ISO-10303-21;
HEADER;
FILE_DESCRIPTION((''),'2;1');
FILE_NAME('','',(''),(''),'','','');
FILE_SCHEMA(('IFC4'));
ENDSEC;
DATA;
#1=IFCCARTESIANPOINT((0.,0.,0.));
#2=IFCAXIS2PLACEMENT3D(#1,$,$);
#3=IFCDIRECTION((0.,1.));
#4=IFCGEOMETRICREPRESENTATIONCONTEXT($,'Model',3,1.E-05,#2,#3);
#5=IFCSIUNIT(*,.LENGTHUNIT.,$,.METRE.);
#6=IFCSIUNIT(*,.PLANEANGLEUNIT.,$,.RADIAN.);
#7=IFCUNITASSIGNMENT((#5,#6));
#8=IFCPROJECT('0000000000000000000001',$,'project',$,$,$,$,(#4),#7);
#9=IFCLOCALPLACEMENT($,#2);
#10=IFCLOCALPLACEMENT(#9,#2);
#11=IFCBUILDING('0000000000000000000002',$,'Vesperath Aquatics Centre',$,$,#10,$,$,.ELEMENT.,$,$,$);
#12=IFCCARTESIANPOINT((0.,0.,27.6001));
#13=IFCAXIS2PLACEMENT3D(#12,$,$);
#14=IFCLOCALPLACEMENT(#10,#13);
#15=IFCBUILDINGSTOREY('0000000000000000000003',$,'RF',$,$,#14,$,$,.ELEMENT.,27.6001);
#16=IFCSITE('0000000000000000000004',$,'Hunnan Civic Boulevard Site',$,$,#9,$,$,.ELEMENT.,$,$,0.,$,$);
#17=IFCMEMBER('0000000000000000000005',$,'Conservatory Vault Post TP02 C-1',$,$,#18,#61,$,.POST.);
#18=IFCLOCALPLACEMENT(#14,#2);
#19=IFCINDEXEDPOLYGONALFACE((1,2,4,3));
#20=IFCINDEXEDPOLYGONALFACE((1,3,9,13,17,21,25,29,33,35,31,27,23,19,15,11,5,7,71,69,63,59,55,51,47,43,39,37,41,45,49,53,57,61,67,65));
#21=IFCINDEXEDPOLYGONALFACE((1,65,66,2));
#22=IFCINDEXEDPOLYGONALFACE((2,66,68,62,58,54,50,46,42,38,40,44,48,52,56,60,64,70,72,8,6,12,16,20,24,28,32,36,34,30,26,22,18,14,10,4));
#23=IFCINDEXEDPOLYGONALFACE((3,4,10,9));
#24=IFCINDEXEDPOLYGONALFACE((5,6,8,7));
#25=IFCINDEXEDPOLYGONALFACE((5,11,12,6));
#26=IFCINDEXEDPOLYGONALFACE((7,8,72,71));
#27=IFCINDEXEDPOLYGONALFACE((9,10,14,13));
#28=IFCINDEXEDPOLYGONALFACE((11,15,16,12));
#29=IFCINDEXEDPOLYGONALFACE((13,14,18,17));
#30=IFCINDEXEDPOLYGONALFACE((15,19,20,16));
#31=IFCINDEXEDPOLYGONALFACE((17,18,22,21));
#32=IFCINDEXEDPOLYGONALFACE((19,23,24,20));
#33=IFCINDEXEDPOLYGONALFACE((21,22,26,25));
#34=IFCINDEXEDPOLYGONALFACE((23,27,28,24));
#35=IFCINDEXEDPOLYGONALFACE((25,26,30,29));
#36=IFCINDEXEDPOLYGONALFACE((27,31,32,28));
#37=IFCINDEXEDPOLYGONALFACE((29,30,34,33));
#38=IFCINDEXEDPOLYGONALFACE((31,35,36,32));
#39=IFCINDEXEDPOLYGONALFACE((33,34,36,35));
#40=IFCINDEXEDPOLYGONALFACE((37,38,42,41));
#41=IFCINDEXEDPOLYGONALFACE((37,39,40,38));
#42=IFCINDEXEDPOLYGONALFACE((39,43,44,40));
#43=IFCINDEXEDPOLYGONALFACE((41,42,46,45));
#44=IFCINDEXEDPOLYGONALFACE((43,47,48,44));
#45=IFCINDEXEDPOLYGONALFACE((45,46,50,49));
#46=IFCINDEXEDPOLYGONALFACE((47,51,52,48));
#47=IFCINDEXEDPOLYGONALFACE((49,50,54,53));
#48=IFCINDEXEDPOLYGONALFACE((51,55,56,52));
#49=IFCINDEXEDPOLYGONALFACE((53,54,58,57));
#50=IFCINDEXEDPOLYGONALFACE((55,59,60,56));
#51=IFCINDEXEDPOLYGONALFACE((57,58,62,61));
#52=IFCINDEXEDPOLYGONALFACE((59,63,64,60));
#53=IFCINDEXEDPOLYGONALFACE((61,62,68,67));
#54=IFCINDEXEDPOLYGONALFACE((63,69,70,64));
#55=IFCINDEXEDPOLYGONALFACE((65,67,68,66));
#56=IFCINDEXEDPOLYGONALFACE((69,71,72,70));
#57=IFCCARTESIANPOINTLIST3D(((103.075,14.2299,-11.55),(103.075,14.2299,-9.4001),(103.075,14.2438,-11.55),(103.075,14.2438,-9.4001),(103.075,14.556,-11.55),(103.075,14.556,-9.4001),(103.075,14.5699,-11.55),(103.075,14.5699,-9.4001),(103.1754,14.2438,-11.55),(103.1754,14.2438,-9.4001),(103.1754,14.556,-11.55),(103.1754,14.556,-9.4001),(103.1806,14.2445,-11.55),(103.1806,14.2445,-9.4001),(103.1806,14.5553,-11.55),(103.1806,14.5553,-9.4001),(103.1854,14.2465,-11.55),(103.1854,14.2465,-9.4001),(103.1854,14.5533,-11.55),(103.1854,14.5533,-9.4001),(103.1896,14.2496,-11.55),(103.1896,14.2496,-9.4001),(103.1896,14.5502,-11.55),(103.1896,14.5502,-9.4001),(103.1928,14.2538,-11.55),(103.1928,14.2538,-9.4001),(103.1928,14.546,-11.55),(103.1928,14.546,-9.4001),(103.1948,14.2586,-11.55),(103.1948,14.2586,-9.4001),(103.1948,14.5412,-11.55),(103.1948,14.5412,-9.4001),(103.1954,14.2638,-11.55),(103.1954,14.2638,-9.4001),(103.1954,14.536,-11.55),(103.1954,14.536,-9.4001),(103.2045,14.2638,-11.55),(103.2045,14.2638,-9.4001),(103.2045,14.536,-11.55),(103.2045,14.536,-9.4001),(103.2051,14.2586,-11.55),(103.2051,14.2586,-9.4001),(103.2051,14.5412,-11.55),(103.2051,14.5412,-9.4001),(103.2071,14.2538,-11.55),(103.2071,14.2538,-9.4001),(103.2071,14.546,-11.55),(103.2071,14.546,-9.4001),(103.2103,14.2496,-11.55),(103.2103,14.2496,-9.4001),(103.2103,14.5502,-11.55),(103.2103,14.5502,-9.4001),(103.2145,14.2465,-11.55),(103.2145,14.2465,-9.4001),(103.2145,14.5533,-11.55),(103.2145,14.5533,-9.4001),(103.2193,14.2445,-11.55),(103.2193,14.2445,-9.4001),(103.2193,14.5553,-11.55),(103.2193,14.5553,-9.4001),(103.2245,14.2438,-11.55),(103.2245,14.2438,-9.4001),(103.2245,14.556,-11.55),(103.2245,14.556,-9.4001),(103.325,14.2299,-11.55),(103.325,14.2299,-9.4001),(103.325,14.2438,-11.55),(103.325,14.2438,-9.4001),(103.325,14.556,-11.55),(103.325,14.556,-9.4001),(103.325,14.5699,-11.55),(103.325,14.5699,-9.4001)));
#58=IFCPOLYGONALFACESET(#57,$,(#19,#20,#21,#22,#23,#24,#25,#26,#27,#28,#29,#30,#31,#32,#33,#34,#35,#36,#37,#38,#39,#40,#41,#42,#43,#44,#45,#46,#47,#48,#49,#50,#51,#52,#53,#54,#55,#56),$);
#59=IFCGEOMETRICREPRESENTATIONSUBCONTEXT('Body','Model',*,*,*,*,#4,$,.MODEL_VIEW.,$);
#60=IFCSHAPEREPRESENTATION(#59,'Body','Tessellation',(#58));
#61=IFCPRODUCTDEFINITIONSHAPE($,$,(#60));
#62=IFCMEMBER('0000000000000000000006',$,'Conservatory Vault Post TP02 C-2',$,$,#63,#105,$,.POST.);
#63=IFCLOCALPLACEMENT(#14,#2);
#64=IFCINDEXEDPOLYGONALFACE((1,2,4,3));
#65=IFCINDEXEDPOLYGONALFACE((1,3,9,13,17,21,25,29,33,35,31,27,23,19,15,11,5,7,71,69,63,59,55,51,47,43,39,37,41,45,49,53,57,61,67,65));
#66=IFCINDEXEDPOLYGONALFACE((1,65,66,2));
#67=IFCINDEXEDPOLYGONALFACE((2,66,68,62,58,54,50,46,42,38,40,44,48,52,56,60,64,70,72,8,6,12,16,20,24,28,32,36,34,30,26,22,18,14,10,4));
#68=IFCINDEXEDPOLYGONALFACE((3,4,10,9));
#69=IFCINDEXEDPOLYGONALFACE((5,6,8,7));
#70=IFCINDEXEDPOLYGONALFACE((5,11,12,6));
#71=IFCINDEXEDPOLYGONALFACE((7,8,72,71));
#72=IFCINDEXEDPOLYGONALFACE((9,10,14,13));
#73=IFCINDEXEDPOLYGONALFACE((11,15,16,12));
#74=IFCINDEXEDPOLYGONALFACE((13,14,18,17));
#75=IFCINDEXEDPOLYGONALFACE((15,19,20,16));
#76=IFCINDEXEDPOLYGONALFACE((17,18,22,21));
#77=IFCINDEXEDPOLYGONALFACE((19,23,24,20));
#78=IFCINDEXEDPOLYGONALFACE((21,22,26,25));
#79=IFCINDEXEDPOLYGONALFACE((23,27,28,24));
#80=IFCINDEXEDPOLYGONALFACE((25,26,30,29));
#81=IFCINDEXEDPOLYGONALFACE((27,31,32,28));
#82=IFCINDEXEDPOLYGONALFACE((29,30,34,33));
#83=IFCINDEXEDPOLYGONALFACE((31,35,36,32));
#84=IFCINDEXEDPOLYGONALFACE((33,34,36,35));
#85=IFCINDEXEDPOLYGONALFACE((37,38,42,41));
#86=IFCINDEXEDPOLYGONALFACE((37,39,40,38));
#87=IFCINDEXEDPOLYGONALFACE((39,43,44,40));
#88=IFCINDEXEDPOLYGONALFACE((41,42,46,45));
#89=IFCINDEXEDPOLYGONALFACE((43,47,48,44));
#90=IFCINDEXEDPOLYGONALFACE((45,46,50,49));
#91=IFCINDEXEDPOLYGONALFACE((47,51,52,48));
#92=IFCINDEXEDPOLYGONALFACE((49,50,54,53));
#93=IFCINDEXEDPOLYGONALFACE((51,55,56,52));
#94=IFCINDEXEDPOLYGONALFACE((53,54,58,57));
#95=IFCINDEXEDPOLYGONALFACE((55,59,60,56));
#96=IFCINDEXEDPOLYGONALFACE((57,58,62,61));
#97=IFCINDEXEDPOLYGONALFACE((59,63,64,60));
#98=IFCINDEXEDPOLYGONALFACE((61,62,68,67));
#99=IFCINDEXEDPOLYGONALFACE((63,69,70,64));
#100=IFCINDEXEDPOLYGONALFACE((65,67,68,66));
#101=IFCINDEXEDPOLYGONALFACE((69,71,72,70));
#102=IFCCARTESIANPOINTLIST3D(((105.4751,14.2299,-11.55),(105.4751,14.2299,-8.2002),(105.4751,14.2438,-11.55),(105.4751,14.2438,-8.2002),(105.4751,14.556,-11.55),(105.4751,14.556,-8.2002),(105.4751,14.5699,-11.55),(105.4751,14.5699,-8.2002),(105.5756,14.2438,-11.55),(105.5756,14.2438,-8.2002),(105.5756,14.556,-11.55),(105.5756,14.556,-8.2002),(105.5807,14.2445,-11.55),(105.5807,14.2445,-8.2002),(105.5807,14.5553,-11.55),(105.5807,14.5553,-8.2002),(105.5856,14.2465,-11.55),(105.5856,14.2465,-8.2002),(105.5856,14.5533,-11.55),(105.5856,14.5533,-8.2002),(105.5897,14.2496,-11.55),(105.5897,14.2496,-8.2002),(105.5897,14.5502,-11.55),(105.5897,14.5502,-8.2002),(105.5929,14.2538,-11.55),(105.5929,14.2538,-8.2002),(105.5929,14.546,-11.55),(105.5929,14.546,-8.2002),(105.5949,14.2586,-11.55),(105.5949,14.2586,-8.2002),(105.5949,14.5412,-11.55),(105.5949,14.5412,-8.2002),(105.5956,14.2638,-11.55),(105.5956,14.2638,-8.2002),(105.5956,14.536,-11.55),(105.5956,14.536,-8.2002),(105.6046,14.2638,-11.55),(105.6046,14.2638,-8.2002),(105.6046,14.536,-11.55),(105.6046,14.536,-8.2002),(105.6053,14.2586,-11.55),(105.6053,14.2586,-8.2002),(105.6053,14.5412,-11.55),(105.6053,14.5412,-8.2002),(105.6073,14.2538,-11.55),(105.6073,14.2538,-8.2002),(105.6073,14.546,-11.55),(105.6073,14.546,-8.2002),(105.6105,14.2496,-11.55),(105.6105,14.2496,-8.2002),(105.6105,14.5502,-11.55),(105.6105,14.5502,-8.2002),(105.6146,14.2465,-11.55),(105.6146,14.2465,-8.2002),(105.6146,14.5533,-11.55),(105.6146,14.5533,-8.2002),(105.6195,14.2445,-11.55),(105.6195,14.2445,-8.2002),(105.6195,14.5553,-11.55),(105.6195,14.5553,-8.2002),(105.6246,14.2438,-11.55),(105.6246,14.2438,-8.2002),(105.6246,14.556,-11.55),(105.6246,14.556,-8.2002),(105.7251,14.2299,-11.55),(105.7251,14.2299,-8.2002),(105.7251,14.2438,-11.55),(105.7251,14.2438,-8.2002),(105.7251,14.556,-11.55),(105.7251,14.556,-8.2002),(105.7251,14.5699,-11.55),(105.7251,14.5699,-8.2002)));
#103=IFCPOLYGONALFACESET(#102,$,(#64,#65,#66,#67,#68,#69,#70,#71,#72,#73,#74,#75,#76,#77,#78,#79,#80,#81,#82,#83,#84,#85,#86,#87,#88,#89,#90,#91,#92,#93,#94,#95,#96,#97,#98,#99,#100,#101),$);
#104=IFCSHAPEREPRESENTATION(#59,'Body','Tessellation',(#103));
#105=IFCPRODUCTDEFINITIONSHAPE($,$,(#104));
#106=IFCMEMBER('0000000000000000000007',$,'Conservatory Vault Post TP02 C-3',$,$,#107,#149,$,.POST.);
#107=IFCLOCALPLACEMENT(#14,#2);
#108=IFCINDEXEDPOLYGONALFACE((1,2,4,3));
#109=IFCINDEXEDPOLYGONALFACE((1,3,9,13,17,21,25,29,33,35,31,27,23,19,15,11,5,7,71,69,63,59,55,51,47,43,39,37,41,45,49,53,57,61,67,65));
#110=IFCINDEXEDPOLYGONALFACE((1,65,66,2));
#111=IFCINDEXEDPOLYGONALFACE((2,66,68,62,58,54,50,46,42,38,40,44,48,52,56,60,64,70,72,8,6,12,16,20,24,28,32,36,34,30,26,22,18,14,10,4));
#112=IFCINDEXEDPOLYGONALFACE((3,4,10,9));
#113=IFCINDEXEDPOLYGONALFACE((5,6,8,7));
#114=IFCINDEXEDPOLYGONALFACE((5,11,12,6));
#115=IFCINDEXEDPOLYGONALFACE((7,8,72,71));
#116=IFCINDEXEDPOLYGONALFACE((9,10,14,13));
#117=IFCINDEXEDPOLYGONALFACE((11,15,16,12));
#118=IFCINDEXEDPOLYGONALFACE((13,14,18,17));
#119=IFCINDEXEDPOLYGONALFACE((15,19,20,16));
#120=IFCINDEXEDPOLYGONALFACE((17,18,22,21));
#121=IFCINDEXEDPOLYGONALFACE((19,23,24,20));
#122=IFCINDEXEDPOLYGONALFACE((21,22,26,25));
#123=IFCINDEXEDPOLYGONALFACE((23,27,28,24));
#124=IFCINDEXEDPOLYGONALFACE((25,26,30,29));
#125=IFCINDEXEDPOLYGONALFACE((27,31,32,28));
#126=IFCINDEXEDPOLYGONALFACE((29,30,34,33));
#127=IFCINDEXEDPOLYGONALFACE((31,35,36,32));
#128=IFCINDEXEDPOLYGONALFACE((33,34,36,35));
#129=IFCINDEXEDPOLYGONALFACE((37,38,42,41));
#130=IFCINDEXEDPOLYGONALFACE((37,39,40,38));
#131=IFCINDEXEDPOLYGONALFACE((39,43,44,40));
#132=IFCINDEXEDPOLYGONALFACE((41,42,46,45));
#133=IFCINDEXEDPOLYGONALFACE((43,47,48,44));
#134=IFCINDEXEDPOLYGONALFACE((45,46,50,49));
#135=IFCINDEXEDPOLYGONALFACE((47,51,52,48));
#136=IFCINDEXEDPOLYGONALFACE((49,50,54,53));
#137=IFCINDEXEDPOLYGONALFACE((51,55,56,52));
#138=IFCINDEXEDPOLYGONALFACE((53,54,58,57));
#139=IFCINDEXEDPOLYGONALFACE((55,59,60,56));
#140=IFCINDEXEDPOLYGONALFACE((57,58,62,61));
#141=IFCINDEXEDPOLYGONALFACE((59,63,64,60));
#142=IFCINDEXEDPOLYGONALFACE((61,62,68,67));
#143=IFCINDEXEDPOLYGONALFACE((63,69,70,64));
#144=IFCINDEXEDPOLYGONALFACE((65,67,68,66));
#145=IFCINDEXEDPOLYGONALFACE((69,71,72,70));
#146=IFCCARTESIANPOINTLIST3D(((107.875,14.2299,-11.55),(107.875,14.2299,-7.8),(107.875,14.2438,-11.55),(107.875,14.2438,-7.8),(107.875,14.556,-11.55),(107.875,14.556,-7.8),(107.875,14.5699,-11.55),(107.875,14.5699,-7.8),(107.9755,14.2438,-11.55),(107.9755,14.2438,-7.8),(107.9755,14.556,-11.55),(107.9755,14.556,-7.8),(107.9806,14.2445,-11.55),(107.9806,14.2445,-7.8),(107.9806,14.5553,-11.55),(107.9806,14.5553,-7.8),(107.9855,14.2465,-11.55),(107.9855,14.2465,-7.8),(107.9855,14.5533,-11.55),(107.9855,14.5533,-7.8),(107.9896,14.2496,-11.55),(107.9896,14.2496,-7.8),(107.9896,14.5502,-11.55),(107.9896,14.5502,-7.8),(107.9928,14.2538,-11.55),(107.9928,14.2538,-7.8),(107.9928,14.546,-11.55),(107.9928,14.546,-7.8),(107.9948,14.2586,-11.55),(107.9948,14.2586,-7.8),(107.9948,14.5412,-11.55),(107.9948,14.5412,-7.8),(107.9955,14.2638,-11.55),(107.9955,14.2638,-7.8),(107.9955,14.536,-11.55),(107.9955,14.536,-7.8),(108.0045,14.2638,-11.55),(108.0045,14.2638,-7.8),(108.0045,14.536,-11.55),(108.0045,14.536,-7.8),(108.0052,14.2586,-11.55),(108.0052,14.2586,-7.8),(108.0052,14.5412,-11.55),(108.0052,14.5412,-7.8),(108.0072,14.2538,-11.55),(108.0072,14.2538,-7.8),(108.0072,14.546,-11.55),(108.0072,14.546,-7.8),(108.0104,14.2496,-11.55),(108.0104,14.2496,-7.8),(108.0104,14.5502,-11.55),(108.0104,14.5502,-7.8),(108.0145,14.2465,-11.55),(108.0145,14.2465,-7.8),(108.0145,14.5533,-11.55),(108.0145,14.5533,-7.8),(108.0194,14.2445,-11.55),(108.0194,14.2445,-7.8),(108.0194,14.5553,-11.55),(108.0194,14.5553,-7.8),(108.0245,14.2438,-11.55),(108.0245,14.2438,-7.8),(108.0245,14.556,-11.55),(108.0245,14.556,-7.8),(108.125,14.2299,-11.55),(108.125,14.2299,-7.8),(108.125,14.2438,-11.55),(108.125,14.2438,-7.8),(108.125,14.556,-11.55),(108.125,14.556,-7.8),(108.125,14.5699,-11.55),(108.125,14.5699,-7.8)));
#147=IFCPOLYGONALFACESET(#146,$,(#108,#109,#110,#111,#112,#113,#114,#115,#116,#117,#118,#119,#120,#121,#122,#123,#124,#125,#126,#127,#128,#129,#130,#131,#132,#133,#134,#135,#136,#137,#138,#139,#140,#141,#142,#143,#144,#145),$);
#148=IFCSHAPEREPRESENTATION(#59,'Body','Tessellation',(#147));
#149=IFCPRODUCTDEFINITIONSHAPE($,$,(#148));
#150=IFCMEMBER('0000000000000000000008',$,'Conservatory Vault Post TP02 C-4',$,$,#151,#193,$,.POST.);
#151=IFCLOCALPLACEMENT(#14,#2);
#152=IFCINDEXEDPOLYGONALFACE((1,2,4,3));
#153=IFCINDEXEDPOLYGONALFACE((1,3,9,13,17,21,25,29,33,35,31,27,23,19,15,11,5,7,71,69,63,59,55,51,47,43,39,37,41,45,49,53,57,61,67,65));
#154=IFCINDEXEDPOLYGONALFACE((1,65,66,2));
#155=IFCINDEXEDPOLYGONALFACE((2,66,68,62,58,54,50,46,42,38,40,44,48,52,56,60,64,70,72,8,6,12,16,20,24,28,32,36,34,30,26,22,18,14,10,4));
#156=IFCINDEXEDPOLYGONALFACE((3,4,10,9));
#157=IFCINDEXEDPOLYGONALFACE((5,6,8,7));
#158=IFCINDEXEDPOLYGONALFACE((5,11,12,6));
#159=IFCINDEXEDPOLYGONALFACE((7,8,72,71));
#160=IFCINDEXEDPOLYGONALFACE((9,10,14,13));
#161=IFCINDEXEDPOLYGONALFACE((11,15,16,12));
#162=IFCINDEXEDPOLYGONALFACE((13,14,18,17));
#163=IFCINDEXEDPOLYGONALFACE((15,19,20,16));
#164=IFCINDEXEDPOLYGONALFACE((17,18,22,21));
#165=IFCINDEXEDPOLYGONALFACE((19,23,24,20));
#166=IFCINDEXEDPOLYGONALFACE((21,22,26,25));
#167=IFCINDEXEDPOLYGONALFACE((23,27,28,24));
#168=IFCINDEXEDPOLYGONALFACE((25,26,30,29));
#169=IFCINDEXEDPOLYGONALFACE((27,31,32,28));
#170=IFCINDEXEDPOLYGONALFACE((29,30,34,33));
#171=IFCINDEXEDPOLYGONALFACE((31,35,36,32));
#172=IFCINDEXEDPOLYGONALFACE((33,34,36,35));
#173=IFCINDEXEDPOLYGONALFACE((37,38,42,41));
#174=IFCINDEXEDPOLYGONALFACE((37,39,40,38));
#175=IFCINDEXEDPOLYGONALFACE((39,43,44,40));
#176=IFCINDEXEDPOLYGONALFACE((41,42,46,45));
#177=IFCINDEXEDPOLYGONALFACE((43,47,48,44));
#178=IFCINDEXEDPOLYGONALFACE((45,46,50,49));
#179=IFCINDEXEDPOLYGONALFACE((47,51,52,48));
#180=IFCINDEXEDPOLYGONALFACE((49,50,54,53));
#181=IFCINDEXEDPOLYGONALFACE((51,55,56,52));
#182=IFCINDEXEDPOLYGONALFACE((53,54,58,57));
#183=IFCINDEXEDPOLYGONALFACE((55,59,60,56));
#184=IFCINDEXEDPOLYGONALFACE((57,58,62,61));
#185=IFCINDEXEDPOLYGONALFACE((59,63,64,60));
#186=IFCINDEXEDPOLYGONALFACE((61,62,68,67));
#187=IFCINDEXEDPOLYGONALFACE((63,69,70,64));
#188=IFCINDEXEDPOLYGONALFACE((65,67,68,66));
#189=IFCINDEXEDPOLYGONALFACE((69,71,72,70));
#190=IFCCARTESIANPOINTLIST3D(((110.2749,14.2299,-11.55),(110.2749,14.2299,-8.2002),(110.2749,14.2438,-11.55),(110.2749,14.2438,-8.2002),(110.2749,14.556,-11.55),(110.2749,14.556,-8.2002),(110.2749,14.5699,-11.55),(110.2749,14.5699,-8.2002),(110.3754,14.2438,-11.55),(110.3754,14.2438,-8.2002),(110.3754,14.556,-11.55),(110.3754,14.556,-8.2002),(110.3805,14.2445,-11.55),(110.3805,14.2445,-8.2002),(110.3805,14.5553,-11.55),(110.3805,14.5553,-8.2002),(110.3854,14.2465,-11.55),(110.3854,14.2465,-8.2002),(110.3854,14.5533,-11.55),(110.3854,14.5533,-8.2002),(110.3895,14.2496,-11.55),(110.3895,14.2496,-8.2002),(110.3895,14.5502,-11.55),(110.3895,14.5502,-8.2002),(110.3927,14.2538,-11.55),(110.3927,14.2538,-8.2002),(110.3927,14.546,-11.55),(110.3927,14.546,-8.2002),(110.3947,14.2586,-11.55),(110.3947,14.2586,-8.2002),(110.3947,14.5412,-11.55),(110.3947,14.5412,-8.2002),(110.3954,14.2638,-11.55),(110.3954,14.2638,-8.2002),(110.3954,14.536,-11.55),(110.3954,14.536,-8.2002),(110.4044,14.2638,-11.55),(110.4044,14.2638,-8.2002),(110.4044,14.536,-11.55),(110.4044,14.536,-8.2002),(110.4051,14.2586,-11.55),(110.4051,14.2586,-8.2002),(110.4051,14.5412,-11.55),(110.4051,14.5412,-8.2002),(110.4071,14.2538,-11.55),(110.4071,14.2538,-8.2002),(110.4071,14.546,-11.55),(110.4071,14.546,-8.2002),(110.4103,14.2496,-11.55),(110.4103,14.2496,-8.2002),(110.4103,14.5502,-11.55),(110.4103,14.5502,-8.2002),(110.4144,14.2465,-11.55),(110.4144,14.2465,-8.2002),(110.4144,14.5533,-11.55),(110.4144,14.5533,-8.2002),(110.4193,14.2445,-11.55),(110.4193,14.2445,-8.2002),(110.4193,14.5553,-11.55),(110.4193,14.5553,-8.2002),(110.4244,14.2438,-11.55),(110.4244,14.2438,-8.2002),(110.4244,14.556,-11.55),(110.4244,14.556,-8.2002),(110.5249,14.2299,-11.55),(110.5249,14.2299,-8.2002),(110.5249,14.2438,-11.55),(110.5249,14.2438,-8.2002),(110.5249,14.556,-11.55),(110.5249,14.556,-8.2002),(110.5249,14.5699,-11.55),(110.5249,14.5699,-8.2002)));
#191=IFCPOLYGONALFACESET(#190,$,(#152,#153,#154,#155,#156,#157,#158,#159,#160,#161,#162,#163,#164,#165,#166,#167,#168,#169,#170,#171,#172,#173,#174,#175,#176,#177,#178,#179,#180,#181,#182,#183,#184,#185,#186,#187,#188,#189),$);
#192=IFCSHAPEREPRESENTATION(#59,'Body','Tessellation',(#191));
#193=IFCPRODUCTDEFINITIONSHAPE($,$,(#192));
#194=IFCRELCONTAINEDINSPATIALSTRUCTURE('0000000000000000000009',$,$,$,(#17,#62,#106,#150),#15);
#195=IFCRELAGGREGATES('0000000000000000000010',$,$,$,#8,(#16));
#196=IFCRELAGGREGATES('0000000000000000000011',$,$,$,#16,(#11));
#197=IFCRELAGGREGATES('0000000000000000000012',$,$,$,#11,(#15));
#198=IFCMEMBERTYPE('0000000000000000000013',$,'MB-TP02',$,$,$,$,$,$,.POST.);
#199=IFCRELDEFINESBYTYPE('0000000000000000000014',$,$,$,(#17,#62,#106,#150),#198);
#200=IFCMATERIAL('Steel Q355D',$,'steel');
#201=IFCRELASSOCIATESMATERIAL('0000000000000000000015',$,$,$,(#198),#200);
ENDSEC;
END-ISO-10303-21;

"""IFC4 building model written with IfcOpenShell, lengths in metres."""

from ifc_helpers import new_model, si_unit, direction, frame, origin, origin_2d, place, context, subcontext, project, spatial, i_section, extrude, material, material_profile, profile_set, type_object, element, save


model = new_model("IFC4")

# Units and contexts
model_context = context("Model", 3, precision=1e-05, world=origin(), true_north=direction((0.0, 1.0)))
body_context = subcontext(model_context, "Body", "Model", "MODEL_VIEW")
ifc_project = project(units=[si_unit("LENGTHUNIT", "METRE"), si_unit("PLANEANGLEUNIT", "RADIAN")], contexts=[model_context])

# Site, building, storey
site_placement = place(None, origin())
site = spatial("IfcSite", under=ifc_project, at=site_placement, Name="Hunnan Civic Boulevard Site", CompositionType="ELEMENT", RefElevation=0.0)
building_placement = place(site_placement, origin())
building = spatial("IfcBuilding", under=site, at=building_placement, Name="Vesperath Aquatics Centre", CompositionType="ELEMENT")
storey_placement = place(building_placement, frame((0.0, 0.0, 27.6001)))
storey = spatial("IfcBuildingStorey", under=building, at=storey_placement, Name="RF", CompositionType="ELEMENT", Elevation=27.6001)

# Members
ifc_material_1 = material(Name="Steel Q355D", Category="steel")
ifc_material_profile_1 = material_profile(ifc_material_1, i_section(OverallWidth=0.25, OverallDepth=0.3401, WebThickness=0.009, FlangeThickness=0.0139, FilletRadius=0.02, at=origin_2d()), Name="HM 340x250x9x14")
ifc_profile_set_1 = profile_set([ifc_material_profile_1], Name="Steel Q355D")
member_type_1 = type_object("IfcMemberType", Name="MB-TP02", PredefinedType="POST", material=ifc_profile_set_1)
member_1_placement = place(storey_placement, frame((103.2, 14.3999, -11.55), z_axis=(0.0, 0.0, 1.0), x_axis=(1.0, 0.0, 0.0)))
element("IfcMember", 1, at=member_1_placement, inside=storey, type_object=member_type_1, Name="Conservatory Vault Post TP02 C-1", PredefinedType="POST", context=body_context, shape_type="SweptSolid", body=[
    extrude(i_section(OverallWidth=0.25, OverallDepth=0.3401, WebThickness=0.009, FlangeThickness=0.0139, FilletRadius=0.02, at=origin_2d()), origin(), (0.0, 0.0, 1.0), 2.1499),
])
member_2_placement = place(storey_placement, frame((105.6001, 14.3999, -11.55), z_axis=(0.0, 0.0, 1.0), x_axis=(1.0, 0.0, 0.0)))
element("IfcMember", 2, at=member_2_placement, inside=storey, type_object=member_type_1, Name="Conservatory Vault Post TP02 C-2", PredefinedType="POST", context=body_context, shape_type="SweptSolid", body=[
    extrude(i_section(OverallWidth=0.25, OverallDepth=0.3401, WebThickness=0.009, FlangeThickness=0.0139, FilletRadius=0.02, at=origin_2d()), origin(), (0.0, 0.0, 1.0), 3.3499),
])
member_3_placement = place(storey_placement, frame((108.0, 14.3999, -11.55), z_axis=(0.0, 0.0, 1.0), x_axis=(1.0, 0.0, 0.0)))
element("IfcMember", 3, at=member_3_placement, inside=storey, type_object=member_type_1, Name="Conservatory Vault Post TP02 C-3", PredefinedType="POST", context=body_context, shape_type="SweptSolid", body=[
    extrude(i_section(OverallWidth=0.25, OverallDepth=0.3401, WebThickness=0.009, FlangeThickness=0.0139, FilletRadius=0.02, at=origin_2d()), origin(), (0.0, 0.0, 1.0), 3.75),
])
member_4_placement = place(storey_placement, frame((110.3999, 14.3999, -11.55), z_axis=(0.0, 0.0, 1.0), x_axis=(1.0, 0.0, 0.0)))
element("IfcMember", 4, at=member_4_placement, inside=storey, type_object=member_type_1, Name="Conservatory Vault Post TP02 C-4", PredefinedType="POST", context=body_context, shape_type="SweptSolid", body=[
    extrude(i_section(OverallWidth=0.25, OverallDepth=0.3401, WebThickness=0.009, FlangeThickness=0.0139, FilletRadius=0.02, at=origin_2d()), origin(), (0.0, 0.0, 1.0), 3.3499),
])

save(model, "model.ifc")
